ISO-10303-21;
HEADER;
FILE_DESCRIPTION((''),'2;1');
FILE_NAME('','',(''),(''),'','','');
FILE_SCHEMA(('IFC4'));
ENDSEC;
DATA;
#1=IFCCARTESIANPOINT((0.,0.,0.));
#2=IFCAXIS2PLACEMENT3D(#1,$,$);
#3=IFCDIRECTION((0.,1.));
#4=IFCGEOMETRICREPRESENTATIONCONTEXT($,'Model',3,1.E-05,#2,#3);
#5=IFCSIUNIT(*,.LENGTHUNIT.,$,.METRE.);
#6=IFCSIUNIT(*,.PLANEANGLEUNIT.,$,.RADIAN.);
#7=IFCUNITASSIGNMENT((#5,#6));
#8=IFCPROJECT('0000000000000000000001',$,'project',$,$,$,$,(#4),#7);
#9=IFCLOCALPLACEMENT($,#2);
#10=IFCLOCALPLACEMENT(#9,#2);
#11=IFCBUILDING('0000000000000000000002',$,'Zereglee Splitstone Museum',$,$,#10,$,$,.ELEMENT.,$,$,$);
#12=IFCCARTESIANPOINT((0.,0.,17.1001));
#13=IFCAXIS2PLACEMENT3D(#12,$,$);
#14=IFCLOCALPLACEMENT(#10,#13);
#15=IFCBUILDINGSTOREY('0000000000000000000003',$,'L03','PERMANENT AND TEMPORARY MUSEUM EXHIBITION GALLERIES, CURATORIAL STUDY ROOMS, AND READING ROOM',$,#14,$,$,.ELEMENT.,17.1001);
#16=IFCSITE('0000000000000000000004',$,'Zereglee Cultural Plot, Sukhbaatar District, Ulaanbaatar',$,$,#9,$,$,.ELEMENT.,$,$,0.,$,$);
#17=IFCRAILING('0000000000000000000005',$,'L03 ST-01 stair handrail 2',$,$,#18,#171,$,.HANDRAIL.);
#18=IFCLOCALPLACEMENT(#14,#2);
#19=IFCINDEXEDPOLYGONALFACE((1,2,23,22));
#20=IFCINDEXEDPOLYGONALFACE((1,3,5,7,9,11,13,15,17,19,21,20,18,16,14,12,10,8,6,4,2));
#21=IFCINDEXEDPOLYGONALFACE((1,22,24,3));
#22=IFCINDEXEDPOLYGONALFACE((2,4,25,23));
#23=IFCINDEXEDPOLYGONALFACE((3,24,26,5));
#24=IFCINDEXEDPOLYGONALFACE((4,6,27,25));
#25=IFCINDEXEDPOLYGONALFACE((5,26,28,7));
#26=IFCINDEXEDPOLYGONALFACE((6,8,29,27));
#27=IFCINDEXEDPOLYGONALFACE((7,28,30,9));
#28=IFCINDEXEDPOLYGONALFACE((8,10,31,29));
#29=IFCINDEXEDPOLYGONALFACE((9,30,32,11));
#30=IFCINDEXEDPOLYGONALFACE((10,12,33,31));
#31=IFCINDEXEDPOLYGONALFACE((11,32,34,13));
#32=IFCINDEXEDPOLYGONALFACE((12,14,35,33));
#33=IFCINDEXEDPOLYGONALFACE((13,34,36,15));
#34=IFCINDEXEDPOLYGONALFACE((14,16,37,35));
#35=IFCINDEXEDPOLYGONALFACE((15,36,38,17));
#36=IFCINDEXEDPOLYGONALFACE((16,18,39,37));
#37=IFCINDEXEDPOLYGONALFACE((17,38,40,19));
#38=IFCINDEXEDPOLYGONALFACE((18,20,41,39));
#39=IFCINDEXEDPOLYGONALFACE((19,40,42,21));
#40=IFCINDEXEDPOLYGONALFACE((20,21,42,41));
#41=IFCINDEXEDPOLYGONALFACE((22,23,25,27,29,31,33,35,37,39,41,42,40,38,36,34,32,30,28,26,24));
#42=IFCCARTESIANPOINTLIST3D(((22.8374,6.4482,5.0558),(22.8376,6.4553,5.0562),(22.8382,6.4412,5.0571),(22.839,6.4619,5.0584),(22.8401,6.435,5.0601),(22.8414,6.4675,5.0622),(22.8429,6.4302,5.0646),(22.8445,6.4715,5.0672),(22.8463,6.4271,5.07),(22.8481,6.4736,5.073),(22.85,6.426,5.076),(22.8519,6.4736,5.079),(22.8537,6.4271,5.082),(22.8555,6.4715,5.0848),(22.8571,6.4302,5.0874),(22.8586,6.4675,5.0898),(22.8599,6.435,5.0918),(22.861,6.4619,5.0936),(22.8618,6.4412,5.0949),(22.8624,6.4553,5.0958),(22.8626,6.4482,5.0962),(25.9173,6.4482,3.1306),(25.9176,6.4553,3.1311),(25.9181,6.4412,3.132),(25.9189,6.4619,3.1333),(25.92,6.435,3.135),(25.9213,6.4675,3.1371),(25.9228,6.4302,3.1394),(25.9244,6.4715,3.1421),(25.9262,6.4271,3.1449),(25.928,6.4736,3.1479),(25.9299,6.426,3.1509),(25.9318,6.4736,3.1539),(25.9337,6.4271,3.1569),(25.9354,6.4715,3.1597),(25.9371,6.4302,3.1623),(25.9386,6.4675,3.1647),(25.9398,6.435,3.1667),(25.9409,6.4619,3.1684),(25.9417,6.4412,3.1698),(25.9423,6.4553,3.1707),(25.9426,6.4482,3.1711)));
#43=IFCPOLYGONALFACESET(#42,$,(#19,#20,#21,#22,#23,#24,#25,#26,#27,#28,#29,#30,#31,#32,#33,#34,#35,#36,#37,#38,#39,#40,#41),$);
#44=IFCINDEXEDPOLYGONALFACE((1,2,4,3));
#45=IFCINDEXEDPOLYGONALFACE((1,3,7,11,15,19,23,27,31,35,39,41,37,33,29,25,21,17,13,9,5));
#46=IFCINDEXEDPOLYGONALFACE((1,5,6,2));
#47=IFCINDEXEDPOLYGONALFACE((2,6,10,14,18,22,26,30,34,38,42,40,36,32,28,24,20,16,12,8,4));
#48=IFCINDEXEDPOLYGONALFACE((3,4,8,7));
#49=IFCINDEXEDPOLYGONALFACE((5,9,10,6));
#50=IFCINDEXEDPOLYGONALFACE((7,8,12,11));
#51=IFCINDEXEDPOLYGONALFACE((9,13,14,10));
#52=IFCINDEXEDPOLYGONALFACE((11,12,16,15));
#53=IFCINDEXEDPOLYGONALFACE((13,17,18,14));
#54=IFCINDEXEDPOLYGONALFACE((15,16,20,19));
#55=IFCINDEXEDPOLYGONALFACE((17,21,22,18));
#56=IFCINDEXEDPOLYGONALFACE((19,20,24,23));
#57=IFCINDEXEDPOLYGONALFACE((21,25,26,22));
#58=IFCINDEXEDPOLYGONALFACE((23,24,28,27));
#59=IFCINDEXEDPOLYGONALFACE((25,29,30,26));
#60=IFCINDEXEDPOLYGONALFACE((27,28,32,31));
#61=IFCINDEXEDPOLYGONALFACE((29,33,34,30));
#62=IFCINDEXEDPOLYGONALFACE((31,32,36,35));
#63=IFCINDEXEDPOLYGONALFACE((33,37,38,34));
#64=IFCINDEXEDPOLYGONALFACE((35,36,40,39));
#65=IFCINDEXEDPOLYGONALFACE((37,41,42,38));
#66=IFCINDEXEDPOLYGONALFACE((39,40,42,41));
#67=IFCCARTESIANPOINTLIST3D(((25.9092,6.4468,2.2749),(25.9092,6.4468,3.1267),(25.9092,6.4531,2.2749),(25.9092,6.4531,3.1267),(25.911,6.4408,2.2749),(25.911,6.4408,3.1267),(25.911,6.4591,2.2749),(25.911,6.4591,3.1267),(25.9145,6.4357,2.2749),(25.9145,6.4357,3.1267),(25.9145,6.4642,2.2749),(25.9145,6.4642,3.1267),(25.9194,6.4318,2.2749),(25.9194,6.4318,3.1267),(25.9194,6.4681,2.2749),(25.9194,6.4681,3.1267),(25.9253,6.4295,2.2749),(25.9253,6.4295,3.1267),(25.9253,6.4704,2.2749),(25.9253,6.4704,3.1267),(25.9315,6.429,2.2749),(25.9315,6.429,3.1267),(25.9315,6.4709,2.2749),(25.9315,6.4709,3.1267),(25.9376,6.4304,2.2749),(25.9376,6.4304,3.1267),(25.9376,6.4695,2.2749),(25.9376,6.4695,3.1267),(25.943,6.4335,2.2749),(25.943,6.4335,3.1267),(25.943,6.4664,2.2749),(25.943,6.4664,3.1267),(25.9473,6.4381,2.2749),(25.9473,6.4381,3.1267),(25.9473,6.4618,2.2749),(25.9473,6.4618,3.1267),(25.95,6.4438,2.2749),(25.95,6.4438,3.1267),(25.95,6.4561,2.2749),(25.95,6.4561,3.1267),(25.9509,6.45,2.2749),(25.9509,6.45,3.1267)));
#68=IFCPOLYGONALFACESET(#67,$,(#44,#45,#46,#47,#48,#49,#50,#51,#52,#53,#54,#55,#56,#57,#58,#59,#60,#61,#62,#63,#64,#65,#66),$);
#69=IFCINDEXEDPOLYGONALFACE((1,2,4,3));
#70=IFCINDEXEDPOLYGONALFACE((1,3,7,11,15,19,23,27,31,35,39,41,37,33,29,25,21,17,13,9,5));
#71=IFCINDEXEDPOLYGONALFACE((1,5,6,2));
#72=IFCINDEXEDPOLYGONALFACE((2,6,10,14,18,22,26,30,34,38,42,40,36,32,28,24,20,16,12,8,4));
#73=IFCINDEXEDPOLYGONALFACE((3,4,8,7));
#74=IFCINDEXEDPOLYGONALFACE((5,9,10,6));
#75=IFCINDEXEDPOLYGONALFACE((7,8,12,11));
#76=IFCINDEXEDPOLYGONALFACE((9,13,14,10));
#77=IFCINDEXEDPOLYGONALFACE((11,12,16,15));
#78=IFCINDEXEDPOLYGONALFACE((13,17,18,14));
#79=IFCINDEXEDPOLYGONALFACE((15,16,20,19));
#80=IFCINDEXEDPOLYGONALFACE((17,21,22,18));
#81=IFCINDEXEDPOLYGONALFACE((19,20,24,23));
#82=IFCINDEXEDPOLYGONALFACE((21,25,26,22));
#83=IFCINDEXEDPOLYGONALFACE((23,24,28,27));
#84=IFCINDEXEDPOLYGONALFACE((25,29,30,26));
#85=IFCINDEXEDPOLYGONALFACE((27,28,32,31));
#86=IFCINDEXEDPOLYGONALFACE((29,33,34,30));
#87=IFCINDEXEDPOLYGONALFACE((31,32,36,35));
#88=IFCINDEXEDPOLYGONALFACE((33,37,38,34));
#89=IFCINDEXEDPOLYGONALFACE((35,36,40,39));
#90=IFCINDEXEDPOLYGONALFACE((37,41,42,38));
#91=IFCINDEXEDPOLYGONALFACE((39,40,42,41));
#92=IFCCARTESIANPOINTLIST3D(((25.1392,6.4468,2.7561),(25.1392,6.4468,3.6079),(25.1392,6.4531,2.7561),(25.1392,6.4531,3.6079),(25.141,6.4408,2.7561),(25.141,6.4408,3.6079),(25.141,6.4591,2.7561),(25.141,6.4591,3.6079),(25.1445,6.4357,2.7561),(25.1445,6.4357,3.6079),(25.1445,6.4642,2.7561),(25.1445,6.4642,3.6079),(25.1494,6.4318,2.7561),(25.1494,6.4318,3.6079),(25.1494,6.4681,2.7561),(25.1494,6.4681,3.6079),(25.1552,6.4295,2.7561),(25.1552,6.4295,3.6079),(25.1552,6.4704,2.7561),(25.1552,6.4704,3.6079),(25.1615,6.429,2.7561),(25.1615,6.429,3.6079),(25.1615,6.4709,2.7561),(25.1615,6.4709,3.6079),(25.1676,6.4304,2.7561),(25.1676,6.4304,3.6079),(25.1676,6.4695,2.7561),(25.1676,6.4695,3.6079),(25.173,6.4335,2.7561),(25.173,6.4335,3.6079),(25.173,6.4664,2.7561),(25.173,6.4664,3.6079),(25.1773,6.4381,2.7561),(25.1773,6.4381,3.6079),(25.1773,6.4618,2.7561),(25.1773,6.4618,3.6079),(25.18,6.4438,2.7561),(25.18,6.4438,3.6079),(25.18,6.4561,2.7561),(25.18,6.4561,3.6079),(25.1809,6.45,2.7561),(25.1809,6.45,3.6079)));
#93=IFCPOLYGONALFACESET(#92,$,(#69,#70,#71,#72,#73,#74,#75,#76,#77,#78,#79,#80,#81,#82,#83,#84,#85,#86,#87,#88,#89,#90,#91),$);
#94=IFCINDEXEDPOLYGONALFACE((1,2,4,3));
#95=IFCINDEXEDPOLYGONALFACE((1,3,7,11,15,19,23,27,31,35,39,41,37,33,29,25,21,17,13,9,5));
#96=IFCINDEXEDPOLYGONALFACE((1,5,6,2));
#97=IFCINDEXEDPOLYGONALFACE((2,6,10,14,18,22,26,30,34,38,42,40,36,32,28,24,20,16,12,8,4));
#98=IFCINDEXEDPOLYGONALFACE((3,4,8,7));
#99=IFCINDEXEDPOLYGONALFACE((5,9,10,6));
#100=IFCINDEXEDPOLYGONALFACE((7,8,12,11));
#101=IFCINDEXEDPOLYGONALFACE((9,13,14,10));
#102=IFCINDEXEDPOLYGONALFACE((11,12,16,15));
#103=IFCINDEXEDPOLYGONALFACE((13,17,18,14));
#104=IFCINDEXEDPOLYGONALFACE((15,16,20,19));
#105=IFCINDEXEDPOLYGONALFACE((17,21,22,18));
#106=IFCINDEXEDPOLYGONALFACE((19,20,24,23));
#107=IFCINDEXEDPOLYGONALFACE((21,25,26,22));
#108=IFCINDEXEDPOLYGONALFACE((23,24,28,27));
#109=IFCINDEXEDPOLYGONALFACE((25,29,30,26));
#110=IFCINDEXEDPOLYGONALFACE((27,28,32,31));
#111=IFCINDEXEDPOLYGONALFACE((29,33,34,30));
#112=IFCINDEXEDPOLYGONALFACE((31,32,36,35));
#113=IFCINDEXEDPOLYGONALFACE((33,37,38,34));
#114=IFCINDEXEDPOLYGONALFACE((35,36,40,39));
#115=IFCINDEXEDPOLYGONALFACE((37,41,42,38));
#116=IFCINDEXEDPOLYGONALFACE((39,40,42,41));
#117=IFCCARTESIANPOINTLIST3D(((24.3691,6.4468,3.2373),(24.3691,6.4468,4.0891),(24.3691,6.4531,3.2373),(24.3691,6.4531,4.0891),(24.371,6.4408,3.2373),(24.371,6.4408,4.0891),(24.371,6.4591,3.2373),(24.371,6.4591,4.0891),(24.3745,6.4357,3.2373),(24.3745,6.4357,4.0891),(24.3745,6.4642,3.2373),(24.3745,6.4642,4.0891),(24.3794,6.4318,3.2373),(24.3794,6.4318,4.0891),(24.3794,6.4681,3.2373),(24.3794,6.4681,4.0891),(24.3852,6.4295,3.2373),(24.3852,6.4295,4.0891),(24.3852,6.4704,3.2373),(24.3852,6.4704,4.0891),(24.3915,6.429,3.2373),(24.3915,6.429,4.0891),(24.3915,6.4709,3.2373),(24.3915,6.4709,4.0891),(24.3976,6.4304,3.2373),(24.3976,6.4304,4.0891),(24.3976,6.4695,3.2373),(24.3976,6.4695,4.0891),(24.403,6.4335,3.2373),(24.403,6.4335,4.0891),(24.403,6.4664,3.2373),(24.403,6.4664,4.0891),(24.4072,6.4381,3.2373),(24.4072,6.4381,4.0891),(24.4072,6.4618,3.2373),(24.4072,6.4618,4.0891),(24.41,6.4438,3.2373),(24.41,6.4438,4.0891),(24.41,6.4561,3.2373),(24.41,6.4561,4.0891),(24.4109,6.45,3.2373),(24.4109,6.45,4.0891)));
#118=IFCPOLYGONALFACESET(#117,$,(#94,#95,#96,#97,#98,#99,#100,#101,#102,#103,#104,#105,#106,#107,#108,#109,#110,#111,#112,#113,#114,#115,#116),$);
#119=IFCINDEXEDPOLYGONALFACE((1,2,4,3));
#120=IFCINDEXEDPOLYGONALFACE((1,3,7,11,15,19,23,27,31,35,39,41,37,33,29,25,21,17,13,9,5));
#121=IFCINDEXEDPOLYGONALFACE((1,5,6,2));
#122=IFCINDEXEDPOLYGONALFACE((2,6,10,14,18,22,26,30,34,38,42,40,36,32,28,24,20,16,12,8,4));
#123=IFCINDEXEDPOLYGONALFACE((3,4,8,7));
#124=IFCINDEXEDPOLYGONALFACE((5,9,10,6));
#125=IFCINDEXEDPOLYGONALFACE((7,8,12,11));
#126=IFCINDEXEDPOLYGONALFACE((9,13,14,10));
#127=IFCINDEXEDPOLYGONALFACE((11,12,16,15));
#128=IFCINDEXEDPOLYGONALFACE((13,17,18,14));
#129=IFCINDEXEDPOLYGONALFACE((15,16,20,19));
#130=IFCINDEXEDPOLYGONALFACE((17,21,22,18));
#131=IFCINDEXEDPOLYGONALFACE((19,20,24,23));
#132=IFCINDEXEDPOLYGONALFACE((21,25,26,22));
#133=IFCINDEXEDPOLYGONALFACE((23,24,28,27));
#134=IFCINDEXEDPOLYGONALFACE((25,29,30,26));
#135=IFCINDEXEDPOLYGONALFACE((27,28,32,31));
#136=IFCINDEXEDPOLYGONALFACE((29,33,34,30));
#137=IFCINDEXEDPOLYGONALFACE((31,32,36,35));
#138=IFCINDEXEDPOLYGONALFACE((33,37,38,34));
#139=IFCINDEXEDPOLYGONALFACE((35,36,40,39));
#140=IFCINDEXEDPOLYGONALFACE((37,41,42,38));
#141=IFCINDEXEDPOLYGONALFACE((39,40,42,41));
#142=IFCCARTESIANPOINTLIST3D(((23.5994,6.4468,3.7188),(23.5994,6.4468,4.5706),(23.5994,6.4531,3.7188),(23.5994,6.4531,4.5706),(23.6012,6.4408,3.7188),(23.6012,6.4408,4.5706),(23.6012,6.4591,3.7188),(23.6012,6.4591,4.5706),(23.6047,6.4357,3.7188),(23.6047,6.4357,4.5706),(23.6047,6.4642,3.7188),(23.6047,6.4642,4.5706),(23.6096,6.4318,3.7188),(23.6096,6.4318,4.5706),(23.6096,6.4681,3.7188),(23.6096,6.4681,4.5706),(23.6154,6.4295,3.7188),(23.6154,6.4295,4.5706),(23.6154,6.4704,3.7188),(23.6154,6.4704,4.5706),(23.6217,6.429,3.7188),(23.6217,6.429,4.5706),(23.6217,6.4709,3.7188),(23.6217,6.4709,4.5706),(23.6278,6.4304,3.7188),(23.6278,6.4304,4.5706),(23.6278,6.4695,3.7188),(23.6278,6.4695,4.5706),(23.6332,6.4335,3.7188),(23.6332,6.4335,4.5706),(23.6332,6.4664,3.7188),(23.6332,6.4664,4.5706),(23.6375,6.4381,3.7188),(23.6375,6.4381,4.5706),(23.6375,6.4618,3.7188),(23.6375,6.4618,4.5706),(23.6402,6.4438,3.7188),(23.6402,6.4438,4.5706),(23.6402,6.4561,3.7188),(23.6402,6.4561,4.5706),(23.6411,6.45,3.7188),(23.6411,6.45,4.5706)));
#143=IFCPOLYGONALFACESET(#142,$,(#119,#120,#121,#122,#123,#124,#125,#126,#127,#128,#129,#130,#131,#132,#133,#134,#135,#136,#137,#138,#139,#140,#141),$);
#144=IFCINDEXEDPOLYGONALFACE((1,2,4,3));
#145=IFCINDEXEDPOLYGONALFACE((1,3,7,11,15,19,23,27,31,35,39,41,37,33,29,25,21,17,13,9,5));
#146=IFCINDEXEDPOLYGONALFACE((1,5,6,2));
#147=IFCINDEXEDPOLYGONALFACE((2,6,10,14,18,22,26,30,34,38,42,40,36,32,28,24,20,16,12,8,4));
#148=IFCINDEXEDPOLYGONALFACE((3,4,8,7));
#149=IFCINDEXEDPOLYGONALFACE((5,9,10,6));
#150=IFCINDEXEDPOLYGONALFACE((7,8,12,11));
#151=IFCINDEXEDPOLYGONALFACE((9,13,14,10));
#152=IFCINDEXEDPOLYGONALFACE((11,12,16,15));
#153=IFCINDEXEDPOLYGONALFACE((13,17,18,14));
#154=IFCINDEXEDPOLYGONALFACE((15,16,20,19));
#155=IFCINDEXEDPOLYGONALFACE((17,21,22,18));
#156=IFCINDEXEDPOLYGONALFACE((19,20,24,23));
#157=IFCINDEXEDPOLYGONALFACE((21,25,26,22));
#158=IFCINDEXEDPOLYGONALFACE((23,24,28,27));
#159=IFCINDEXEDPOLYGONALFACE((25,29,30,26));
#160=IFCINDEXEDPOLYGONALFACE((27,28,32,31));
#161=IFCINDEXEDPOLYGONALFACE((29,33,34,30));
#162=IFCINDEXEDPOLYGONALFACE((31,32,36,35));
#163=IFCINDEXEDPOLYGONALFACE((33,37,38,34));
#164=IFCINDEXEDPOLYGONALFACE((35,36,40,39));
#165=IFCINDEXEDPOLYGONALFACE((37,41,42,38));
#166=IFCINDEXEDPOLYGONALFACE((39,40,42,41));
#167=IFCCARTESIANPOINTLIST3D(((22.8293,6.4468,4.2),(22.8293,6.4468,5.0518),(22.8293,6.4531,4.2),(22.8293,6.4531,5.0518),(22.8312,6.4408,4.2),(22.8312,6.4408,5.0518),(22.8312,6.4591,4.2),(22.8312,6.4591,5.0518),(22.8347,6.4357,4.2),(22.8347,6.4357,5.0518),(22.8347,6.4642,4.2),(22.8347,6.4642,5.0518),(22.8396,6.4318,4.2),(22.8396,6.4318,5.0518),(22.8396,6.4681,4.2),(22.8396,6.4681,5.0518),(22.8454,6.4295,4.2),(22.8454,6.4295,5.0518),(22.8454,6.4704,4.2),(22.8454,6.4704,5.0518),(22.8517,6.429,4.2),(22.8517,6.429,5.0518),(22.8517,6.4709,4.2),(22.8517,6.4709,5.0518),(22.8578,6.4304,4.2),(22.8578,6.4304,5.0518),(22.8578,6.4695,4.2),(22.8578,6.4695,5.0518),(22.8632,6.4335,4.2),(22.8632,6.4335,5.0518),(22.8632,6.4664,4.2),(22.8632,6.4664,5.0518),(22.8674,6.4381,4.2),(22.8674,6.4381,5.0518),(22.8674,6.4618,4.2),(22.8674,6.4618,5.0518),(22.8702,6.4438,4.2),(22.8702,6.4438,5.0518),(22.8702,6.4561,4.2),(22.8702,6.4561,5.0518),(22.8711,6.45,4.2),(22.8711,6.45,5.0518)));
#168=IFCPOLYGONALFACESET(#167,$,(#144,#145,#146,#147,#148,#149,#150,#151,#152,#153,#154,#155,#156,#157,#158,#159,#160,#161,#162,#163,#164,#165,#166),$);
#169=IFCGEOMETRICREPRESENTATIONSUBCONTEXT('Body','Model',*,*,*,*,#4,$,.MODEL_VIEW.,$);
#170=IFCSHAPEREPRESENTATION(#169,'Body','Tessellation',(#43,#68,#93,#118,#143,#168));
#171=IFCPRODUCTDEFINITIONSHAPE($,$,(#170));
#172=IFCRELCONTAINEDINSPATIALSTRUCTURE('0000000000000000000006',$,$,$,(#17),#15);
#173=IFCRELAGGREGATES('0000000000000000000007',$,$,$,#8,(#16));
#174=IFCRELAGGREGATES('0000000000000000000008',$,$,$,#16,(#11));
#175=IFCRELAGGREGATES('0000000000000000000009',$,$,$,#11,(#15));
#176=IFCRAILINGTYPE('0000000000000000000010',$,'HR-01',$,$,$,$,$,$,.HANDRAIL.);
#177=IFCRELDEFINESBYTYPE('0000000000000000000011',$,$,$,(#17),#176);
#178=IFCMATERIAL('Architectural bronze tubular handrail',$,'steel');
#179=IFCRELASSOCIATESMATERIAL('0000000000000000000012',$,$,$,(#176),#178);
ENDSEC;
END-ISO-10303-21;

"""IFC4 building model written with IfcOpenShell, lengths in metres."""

from ifc_helpers import new_model, si_unit, direction, frame, origin, origin_2d, place, context, subcontext, project, spatial, circle, extrude, material, type_object, element, save


model = new_model("IFC4")

# Units and contexts
model_context = context("Model", 3, precision=1e-05, world=origin(), true_north=direction((0.0, 1.0)))
body_context = subcontext(model_context, "Body", "Model", "MODEL_VIEW")
ifc_project = project(units=[si_unit("LENGTHUNIT", "METRE"), si_unit("PLANEANGLEUNIT", "RADIAN")], contexts=[model_context])

# Site, building, storey
site_placement = place(None, origin())
site = spatial("IfcSite", under=ifc_project, at=site_placement, Name="Zereglee Cultural Plot, Sukhbaatar District, Ulaanbaatar", CompositionType="ELEMENT", RefElevation=0.0)
building_placement = place(site_placement, origin())
building = spatial("IfcBuilding", under=site, at=building_placement, Name="Zereglee Splitstone Museum", CompositionType="ELEMENT")
storey_placement = place(building_placement, frame((0.0, 0.0, 17.1001)))
storey = spatial("IfcBuildingStorey", under=building, at=storey_placement, Name="L03", Description="PERMANENT AND TEMPORARY MUSEUM EXHIBITION GALLERIES, CURATORIAL STUDY ROOMS, AND READING ROOM", CompositionType="ELEMENT", Elevation=17.1001)

# Railing
ifc_material_1 = material(Name="Architectural bronze tubular handrail", Category="steel")
railing_type_1 = type_object("IfcRailingType", Name="HR-01", PredefinedType="HANDRAIL", material=ifc_material_1)
railing_1_placement = place(storey_placement, frame((25.9299, 6.45, 2.2749)))
element("IfcRailing", 1, at=railing_1_placement, inside=storey, type_object=railing_type_1, Name="L03 ST-01 stair handrail 2", PredefinedType="HANDRAIL", context=body_context, shape_type="SweptSolid", body=[
    extrude(circle(Radius=0.0239, at=origin_2d()), frame((0.0, 0.0, 0.876), z_axis=(-0.847979, 0.0, 0.530029), x_axis=(0.0, -1.0, 0.0)), (0.0, 0.0, 1.0), 3.6321),
    extrude(circle(Radius=0.021, at=origin_2d()), origin(), (0.0, 0.0, 1.0), 0.8518),
    extrude(circle(Radius=0.021, at=origin_2d()), frame((-0.77, 0.0, 0.4812)), (0.0, 0.0, 1.0), 0.8518),
    extrude(circle(Radius=0.021, at=origin_2d()), frame((-1.54, 0.0, 0.9624)), (0.0, 0.0, 1.0), 0.8518),
    extrude(circle(Radius=0.021, at=origin_2d()), frame((-2.3098, 0.0, 1.4438)), (0.0, 0.0, 1.0), 0.8518),
    extrude(circle(Radius=0.021, at=origin_2d()), frame((-3.0798, 0.0, 1.925)), (0.0, 0.0, 1.0), 0.8518),
])

save(model, "model.ifc")
